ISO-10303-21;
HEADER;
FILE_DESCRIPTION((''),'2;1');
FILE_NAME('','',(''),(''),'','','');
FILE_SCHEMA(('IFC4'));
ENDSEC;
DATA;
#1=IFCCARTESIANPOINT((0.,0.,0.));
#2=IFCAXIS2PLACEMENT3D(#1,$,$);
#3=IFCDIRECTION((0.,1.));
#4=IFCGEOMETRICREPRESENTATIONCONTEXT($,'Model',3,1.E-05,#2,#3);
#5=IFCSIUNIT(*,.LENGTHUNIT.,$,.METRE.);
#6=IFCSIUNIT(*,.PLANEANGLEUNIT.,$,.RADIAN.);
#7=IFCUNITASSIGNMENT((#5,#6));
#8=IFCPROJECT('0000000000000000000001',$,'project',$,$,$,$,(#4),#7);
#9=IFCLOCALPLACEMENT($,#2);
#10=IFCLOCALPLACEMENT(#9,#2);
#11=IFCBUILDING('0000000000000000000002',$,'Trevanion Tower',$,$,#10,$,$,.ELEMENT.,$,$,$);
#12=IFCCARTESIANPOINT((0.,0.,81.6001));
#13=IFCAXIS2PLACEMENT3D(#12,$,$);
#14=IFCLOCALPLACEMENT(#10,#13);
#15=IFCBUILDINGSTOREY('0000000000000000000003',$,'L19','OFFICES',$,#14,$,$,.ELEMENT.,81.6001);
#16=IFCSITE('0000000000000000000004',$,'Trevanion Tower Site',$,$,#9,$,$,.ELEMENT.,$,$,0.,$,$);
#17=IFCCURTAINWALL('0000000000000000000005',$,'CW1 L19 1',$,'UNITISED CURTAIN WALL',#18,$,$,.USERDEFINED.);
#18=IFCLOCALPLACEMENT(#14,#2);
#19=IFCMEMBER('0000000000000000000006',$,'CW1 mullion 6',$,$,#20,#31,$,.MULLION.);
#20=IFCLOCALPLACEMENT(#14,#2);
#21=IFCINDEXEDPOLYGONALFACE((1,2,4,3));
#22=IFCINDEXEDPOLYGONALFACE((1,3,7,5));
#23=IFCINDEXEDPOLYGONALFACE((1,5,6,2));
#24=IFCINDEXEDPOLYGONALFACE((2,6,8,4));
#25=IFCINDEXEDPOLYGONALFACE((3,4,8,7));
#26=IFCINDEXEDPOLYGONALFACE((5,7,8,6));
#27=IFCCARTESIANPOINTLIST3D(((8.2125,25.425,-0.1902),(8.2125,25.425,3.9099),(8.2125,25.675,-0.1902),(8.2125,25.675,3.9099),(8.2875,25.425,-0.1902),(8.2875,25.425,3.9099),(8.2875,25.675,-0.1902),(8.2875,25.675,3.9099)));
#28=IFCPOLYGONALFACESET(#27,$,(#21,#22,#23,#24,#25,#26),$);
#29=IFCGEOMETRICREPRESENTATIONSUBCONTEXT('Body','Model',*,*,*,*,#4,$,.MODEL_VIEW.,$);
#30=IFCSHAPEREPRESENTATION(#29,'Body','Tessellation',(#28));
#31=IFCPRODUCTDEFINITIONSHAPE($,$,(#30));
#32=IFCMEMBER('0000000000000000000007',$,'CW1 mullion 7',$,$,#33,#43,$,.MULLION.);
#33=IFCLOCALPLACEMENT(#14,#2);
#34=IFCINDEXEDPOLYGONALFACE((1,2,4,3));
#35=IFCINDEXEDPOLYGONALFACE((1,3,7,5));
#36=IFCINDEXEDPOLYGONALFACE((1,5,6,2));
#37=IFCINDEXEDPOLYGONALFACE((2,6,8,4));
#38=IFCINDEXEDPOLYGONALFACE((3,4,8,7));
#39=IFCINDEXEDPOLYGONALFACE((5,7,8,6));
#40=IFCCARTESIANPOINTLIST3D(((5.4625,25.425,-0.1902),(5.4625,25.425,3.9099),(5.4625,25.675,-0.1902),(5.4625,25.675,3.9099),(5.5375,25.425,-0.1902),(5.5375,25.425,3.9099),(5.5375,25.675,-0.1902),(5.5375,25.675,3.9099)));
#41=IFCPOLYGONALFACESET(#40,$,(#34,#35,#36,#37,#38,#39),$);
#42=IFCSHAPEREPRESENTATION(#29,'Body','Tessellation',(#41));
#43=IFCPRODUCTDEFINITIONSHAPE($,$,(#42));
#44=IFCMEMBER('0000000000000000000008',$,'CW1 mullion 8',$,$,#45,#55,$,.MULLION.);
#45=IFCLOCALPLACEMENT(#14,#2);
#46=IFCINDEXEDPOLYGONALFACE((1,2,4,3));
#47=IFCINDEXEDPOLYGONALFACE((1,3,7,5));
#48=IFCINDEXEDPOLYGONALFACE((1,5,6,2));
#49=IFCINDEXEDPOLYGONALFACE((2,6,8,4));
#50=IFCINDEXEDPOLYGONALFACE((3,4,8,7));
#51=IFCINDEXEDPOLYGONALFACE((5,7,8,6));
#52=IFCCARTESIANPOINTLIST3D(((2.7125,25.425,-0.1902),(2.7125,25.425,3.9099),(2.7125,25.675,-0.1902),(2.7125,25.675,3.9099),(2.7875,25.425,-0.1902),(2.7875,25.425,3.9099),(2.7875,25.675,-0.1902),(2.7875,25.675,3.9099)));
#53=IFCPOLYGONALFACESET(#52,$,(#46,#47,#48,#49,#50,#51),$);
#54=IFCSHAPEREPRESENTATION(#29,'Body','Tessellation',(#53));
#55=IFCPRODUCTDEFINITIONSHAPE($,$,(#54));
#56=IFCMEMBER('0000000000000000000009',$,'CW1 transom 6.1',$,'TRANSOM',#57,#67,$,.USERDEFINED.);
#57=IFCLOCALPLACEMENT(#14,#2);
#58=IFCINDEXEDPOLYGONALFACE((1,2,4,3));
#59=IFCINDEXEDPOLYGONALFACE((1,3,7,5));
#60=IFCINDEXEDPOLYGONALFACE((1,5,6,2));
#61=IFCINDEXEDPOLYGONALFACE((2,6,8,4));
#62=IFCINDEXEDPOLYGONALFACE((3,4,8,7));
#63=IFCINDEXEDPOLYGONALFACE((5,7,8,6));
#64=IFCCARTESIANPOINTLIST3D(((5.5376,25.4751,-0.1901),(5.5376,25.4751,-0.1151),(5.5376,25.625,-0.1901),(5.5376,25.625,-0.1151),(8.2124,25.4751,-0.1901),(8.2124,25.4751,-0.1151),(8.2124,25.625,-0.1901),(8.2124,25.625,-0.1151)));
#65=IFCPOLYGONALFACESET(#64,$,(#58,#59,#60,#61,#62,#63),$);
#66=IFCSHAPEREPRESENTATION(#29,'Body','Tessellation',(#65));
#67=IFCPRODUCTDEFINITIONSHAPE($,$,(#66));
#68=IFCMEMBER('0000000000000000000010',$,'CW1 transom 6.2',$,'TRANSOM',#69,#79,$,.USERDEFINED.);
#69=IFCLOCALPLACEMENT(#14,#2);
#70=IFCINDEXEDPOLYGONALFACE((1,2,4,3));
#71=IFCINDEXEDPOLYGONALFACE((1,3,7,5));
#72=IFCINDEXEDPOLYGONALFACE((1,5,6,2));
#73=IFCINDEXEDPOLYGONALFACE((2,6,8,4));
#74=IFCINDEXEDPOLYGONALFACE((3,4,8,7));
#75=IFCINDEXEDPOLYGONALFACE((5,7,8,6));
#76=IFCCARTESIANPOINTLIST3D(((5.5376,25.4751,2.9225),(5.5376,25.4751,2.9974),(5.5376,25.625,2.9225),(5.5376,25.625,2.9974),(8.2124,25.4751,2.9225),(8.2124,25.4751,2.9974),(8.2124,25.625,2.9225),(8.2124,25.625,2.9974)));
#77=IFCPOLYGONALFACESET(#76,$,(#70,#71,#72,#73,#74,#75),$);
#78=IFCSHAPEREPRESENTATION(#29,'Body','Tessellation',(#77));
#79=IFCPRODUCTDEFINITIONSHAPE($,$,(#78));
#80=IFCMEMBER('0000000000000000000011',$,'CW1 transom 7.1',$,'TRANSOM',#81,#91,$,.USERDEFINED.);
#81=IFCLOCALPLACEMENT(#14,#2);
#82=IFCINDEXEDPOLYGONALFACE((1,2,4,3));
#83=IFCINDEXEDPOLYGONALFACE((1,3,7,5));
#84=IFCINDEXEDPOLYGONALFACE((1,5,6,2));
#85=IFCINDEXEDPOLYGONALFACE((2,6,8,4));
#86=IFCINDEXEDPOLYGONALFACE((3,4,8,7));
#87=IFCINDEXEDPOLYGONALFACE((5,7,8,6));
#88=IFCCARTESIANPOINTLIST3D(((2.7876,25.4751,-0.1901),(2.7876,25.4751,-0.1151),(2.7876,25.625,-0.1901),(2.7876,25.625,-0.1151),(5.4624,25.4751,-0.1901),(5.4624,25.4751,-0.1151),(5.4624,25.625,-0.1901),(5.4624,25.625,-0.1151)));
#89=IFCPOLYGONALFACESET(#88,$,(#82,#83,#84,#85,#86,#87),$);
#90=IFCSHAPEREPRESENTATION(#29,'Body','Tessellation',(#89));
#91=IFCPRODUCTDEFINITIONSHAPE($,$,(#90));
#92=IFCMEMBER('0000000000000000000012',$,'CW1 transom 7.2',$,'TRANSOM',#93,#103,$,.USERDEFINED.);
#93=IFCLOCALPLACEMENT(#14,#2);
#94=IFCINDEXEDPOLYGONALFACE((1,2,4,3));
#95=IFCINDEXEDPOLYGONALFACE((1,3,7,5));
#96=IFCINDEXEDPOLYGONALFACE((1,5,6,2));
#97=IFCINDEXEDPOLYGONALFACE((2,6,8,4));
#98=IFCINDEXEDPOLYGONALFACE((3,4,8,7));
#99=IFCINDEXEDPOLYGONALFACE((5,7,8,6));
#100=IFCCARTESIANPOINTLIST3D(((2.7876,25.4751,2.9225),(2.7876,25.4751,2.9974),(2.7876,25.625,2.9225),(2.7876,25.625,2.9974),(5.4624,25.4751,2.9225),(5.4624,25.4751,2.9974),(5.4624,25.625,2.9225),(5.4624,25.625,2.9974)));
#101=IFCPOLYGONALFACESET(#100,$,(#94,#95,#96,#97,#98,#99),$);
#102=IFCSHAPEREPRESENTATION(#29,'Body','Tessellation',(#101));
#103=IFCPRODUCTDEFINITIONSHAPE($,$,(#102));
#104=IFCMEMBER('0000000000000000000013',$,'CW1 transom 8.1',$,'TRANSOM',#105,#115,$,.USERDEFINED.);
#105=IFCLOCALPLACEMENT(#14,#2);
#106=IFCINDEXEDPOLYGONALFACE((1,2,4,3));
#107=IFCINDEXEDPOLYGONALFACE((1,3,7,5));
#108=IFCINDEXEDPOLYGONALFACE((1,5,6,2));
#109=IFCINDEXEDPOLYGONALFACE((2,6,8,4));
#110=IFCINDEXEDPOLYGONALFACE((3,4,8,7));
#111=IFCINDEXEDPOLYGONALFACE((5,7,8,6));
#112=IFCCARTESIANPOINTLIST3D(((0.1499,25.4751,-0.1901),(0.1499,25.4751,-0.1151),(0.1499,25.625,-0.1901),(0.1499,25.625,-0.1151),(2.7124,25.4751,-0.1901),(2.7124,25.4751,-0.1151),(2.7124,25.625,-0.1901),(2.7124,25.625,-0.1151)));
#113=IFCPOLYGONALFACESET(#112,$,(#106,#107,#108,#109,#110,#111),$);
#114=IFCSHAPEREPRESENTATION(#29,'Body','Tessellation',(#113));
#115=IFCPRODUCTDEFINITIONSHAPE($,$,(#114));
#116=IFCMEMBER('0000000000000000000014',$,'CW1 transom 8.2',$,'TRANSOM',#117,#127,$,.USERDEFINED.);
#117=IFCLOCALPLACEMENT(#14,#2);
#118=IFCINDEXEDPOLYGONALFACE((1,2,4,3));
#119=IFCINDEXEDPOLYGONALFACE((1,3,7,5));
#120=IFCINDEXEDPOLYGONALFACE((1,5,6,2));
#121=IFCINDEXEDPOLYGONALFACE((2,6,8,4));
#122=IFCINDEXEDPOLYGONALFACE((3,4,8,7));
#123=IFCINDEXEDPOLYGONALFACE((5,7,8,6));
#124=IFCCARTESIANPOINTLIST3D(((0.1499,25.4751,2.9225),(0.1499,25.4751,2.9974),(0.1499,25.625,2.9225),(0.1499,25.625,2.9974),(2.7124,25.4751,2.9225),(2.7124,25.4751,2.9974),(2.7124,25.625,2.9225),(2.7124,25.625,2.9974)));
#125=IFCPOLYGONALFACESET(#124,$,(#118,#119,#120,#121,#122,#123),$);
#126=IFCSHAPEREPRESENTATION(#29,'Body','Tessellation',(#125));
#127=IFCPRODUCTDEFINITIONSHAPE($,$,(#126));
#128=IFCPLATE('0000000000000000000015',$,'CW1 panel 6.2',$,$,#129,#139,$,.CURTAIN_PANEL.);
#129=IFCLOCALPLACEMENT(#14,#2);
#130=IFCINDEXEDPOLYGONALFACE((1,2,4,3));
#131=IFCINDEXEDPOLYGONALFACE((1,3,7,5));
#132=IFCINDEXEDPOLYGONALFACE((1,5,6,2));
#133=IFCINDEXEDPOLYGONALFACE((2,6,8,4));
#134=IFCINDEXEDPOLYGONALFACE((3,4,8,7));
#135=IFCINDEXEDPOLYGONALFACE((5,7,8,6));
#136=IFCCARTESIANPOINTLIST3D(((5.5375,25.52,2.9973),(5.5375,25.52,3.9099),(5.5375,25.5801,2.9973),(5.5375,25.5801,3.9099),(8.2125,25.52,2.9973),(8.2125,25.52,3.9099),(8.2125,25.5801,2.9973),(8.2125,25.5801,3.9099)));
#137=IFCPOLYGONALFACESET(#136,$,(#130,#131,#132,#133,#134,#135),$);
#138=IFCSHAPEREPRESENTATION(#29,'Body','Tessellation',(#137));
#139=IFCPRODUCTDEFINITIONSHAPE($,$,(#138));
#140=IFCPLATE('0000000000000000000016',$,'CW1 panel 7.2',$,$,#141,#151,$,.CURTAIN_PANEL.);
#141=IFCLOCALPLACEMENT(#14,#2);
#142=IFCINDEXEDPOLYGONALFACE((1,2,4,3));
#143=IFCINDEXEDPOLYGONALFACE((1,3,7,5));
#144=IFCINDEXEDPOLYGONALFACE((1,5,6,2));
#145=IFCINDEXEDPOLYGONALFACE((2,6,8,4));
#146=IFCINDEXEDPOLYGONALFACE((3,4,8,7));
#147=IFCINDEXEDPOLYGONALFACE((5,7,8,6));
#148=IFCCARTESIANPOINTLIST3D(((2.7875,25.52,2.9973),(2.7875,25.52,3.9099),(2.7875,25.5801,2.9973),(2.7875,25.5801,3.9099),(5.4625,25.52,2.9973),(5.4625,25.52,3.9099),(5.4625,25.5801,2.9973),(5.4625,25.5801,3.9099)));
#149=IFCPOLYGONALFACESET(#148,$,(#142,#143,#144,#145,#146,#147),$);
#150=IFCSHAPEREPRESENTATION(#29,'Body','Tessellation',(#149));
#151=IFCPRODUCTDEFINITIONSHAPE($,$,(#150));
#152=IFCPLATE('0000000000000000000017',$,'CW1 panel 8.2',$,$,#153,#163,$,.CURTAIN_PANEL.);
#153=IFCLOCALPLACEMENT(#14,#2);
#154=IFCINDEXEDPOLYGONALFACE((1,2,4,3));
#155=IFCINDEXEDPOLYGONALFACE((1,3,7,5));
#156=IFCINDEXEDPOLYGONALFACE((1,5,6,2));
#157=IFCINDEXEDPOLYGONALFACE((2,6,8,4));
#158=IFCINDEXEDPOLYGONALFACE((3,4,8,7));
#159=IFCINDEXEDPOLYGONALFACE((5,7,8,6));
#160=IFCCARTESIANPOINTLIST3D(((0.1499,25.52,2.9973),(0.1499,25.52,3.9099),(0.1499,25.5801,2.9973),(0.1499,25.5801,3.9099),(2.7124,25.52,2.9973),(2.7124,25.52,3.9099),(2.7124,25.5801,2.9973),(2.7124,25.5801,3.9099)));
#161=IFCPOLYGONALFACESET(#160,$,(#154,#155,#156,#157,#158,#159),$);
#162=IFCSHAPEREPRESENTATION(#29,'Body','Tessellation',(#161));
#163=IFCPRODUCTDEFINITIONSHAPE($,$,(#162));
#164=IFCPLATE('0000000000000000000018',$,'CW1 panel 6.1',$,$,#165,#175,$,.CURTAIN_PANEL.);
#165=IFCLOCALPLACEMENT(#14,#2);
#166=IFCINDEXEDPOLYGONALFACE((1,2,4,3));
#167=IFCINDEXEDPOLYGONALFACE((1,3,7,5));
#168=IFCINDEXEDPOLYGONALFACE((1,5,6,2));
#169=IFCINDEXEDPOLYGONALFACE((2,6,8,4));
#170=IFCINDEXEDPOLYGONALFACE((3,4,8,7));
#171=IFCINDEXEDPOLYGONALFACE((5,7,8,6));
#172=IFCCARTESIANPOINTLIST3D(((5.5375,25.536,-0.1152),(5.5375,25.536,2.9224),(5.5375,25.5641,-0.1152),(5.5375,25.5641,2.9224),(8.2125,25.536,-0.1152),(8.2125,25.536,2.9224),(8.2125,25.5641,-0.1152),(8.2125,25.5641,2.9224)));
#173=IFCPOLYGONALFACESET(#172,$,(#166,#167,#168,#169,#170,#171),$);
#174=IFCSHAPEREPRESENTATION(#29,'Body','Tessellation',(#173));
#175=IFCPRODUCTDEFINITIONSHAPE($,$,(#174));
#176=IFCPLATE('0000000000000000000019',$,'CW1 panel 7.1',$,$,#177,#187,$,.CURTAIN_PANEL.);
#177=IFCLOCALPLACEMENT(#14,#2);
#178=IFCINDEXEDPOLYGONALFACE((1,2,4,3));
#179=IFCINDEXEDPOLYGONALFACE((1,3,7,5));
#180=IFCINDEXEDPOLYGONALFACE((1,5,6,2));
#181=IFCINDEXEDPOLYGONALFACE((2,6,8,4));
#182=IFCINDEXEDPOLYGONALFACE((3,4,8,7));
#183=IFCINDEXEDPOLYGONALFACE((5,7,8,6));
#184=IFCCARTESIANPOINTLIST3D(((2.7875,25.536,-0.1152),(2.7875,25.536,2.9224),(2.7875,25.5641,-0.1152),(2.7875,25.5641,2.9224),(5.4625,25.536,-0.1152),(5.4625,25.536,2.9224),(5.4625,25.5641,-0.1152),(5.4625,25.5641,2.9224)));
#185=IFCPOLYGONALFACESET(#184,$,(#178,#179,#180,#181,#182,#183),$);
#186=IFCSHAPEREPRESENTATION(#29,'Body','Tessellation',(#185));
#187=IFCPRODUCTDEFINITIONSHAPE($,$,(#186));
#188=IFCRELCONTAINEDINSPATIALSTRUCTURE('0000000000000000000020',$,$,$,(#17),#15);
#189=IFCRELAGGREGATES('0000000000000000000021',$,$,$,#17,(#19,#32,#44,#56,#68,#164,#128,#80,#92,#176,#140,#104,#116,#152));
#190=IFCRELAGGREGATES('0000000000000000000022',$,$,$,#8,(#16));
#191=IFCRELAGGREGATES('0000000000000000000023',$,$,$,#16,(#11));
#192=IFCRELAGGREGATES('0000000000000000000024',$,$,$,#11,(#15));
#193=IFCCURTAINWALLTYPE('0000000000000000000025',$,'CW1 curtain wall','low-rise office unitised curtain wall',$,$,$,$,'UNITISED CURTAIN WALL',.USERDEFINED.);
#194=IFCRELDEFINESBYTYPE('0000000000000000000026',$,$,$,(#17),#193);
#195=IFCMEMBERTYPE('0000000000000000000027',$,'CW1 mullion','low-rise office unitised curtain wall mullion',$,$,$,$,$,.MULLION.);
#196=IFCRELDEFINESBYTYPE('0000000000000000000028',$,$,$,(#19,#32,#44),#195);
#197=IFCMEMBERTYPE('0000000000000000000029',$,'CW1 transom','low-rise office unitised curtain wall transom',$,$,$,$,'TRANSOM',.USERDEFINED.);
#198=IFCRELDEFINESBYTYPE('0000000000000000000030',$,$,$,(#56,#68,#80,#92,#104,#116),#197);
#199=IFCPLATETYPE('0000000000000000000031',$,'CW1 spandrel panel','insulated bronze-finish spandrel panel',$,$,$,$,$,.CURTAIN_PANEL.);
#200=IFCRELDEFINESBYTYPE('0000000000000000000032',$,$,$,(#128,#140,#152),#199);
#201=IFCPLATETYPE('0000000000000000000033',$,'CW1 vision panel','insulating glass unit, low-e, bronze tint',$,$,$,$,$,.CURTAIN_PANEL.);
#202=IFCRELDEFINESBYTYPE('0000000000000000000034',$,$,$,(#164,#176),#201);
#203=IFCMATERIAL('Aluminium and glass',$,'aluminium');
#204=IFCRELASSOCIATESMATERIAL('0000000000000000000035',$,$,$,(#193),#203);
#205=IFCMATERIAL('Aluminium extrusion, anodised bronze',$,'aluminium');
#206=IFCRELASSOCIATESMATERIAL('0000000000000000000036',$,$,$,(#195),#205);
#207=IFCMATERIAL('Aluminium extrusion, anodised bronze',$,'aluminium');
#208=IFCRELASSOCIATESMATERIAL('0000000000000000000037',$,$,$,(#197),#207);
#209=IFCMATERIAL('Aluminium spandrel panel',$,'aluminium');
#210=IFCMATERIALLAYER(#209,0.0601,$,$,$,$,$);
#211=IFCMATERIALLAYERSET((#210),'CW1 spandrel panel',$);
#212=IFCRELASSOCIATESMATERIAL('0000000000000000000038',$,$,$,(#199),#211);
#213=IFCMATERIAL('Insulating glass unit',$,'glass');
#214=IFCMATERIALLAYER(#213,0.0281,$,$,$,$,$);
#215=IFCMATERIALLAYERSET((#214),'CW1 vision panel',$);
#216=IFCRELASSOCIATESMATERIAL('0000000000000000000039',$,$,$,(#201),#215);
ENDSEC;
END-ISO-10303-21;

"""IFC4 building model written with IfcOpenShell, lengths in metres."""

from ifc_helpers import new_model, si_unit, direction, frame, origin, origin_2d, place, context, subcontext, project, spatial, rectangle, extrude, material, layer, layer_set, material_profile, profile_set, type_object, element, aggregate, save


model = new_model("IFC4")

# Units and contexts
model_context = context("Model", 3, precision=1e-05, world=origin(), true_north=direction((0.0, 1.0)))
body_context = subcontext(model_context, "Body", "Model", "MODEL_VIEW")
ifc_project = project(units=[si_unit("LENGTHUNIT", "METRE"), si_unit("PLANEANGLEUNIT", "RADIAN")], contexts=[model_context])

# Site, building, storey
site_placement = place(None, origin())
site = spatial("IfcSite", under=ifc_project, at=site_placement, Name="Trevanion Tower Site", CompositionType="ELEMENT", RefElevation=0.0)
building_placement = place(site_placement, origin())
building = spatial("IfcBuilding", under=site, at=building_placement, Name="Trevanion Tower", CompositionType="ELEMENT")
storey_placement = place(building_placement, frame((0.0, 0.0, 81.6001)))
storey = spatial("IfcBuildingStorey", under=building, at=storey_placement, Name="L19", Description="OFFICES", CompositionType="ELEMENT", Elevation=81.6001)

# Curtain wall, members, plates
ifc_material_1 = material(Name="Aluminium and glass", Category="aluminium")
curtain_wall_type = type_object("IfcCurtainWallType", Name="CW1 curtain wall", Description="low-rise office unitised curtain wall", ElementType="UNITISED CURTAIN WALL", PredefinedType="USERDEFINED", material=ifc_material_1)
curtain_wall_placement = place(storey_placement, origin())
curtain_wall = element("IfcCurtainWall", 1, at=curtain_wall_placement, inside=storey, type_object=curtain_wall_type, Name="CW1 L19 1", ObjectType="UNITISED CURTAIN WALL", PredefinedType="USERDEFINED")
ifc_material_2 = material(Name="Aluminium extrusion, anodised bronze", Category="aluminium")
ifc_material_profile_1 = material_profile(ifc_material_2, rectangle(XDim=0.075, YDim=0.25, at=origin_2d()), Name="CW1 mullion")
ifc_profile_set_1 = profile_set([ifc_material_profile_1], Name="Aluminium extrusion, anodised bronze")
member_type_1 = type_object("IfcMemberType", Name="CW1 mullion", Description="low-rise office unitised curtain wall mullion", PredefinedType="MULLION", material=ifc_profile_set_1)
member_1_placement = place(storey_placement, frame((8.25, 25.55, -0.1902), z_axis=(0.0, 0.0, 1.0), x_axis=(-1.0, 0.0, 0.0)))
member_1 = element("IfcMember", 2, at=member_1_placement, type_object=member_type_1, Name="CW1 mullion 6", PredefinedType="MULLION", context=body_context, shape_type="SweptSolid", body=[
    extrude(rectangle(XDim=0.075, YDim=0.25, at=origin_2d()), origin(), (0.0, 0.0, 1.0), 4.1001),
])
member_2_placement = place(storey_placement, frame((5.5, 25.55, -0.1902), z_axis=(0.0, 0.0, 1.0), x_axis=(-1.0, 0.0, 0.0)))
member_2 = element("IfcMember", 3, at=member_2_placement, type_object=member_type_1, Name="CW1 mullion 7", PredefinedType="MULLION", context=body_context, shape_type="SweptSolid", body=[
    extrude(rectangle(XDim=0.075, YDim=0.25, at=origin_2d()), origin(), (0.0, 0.0, 1.0), 4.1001),
])
member_3_placement = place(storey_placement, frame((2.75, 25.55, -0.1902), z_axis=(0.0, 0.0, 1.0), x_axis=(-1.0, 0.0, 0.0)))
member_3 = element("IfcMember", 4, at=member_3_placement, type_object=member_type_1, Name="CW1 mullion 8", PredefinedType="MULLION", context=body_context, shape_type="SweptSolid", body=[
    extrude(rectangle(XDim=0.075, YDim=0.25, at=origin_2d()), origin(), (0.0, 0.0, 1.0), 4.1001),
])
ifc_material_3 = material(Name="Aluminium extrusion, anodised bronze", Category="aluminium")
ifc_material_profile_2 = material_profile(ifc_material_3, rectangle(XDim=0.1499, YDim=0.075, at=origin_2d()), Name="CW1 transom")
ifc_profile_set_2 = profile_set([ifc_material_profile_2], Name="Aluminium extrusion, anodised bronze")
member_type_2 = type_object("IfcMemberType", Name="CW1 transom", Description="low-rise office unitised curtain wall transom", ElementType="TRANSOM", PredefinedType="USERDEFINED", material=ifc_profile_set_2)
member_4_placement = place(storey_placement, frame((8.2124, 25.55, -0.1526), z_axis=(-1.0, 0.0, 0.0), x_axis=(0.0, -1.0, 0.0)))
member_4 = element("IfcMember", 5, at=member_4_placement, type_object=member_type_2, Name="CW1 transom 6.1", ObjectType="TRANSOM", PredefinedType="USERDEFINED", context=body_context, shape_type="SweptSolid", body=[
    extrude(rectangle(XDim=0.1499, YDim=0.075, at=origin_2d()), origin(), (0.0, 0.0, 1.0), 2.6748),
])
member_5_placement = place(storey_placement, frame((8.2124, 25.55, 2.96), z_axis=(-1.0, 0.0, 0.0), x_axis=(0.0, -1.0, 0.0)))
member_5 = element("IfcMember", 6, at=member_5_placement, type_object=member_type_2, Name="CW1 transom 6.2", ObjectType="TRANSOM", PredefinedType="USERDEFINED", context=body_context, shape_type="SweptSolid", body=[
    extrude(rectangle(XDim=0.1499, YDim=0.075, at=origin_2d()), origin(), (0.0, 0.0, 1.0), 2.6748),
])
member_6_placement = place(storey_placement, frame((5.4624, 25.55, -0.1526), z_axis=(-1.0, 0.0, 0.0), x_axis=(0.0, -1.0, 0.0)))
member_6 = element("IfcMember", 7, at=member_6_placement, type_object=member_type_2, Name="CW1 transom 7.1", ObjectType="TRANSOM", PredefinedType="USERDEFINED", context=body_context, shape_type="SweptSolid", body=[
    extrude(rectangle(XDim=0.1499, YDim=0.075, at=origin_2d()), origin(), (0.0, 0.0, 1.0), 2.6748),
])
member_7_placement = place(storey_placement, frame((5.4624, 25.55, 2.96), z_axis=(-1.0, 0.0, 0.0), x_axis=(0.0, -1.0, 0.0)))
member_7 = element("IfcMember", 8, at=member_7_placement, type_object=member_type_2, Name="CW1 transom 7.2", ObjectType="TRANSOM", PredefinedType="USERDEFINED", context=body_context, shape_type="SweptSolid", body=[
    extrude(rectangle(XDim=0.1499, YDim=0.075, at=origin_2d()), origin(), (0.0, 0.0, 1.0), 2.6748),
])
member_8_placement = place(storey_placement, frame((2.7124, 25.55, -0.1526), z_axis=(-1.0, 0.0, 0.0), x_axis=(0.0, -1.0, 0.0)))
member_8 = element("IfcMember", 9, at=member_8_placement, type_object=member_type_2, Name="CW1 transom 8.1", ObjectType="TRANSOM", PredefinedType="USERDEFINED", context=body_context, shape_type="SweptSolid", body=[
    extrude(rectangle(XDim=0.1499, YDim=0.075, at=origin_2d()), origin(), (0.0, 0.0, 1.0), 2.5625),
])
member_9_placement = place(storey_placement, frame((2.7124, 25.55, 2.96), z_axis=(-1.0, 0.0, 0.0), x_axis=(0.0, -1.0, 0.0)))
member_9 = element("IfcMember", 10, at=member_9_placement, type_object=member_type_2, Name="CW1 transom 8.2", ObjectType="TRANSOM", PredefinedType="USERDEFINED", context=body_context, shape_type="SweptSolid", body=[
    extrude(rectangle(XDim=0.1499, YDim=0.075, at=origin_2d()), origin(), (0.0, 0.0, 1.0), 2.5625),
])
ifc_material_4 = material(Name="Aluminium spandrel panel", Category="aluminium")
ifc_layer_1 = layer(ifc_material_4, 0.0601)
ifc_layer_set_1 = layer_set([ifc_layer_1], Name="CW1 spandrel panel")
plate_type_1 = type_object("IfcPlateType", Name="CW1 spandrel panel", Description="insulated bronze-finish spandrel panel", PredefinedType="CURTAIN_PANEL", material=ifc_layer_set_1)
plate_1_placement = place(storey_placement, frame((6.875, 25.55, 2.9973), z_axis=(0.0, 0.0, 1.0), x_axis=(-1.0, 0.0, 0.0)))
plate_1 = element("IfcPlate", 11, at=plate_1_placement, type_object=plate_type_1, Name="CW1 panel 6.2", PredefinedType="CURTAIN_PANEL", context=body_context, shape_type="SweptSolid", body=[
    extrude(rectangle(XDim=2.675, YDim=0.0601, at=origin_2d()), origin(), (0.0, 0.0, 1.0), 0.9126),
])
plate_2_placement = place(storey_placement, frame((4.125, 25.55, 2.9973), z_axis=(0.0, 0.0, 1.0), x_axis=(-1.0, 0.0, 0.0)))
plate_2 = element("IfcPlate", 12, at=plate_2_placement, type_object=plate_type_1, Name="CW1 panel 7.2", PredefinedType="CURTAIN_PANEL", context=body_context, shape_type="SweptSolid", body=[
    extrude(rectangle(XDim=2.675, YDim=0.0601, at=origin_2d()), origin(), (0.0, 0.0, 1.0), 0.9126),
])
plate_3_placement = place(storey_placement, frame((1.4312, 25.55, 2.9973), z_axis=(0.0, 0.0, 1.0), x_axis=(-1.0, 0.0, 0.0)))
plate_3 = element("IfcPlate", 13, at=plate_3_placement, type_object=plate_type_1, Name="CW1 panel 8.2", PredefinedType="CURTAIN_PANEL", context=body_context, shape_type="SweptSolid", body=[
    extrude(rectangle(XDim=2.5625, YDim=0.0601, at=origin_2d()), origin(), (0.0, 0.0, 1.0), 0.9126),
])
ifc_material_5 = material(Name="Insulating glass unit", Category="glass")
ifc_layer_2 = layer(ifc_material_5, 0.0281)
ifc_layer_set_2 = layer_set([ifc_layer_2], Name="CW1 vision panel")
plate_type_2 = type_object("IfcPlateType", Name="CW1 vision panel", Description="insulating glass unit, low-e, bronze tint", PredefinedType="CURTAIN_PANEL", material=ifc_layer_set_2)
plate_4_placement = place(storey_placement, frame((6.875, 25.55, -0.1152), z_axis=(0.0, 0.0, 1.0), x_axis=(-1.0, 0.0, 0.0)))
plate_4 = element("IfcPlate", 14, at=plate_4_placement, type_object=plate_type_2, Name="CW1 panel 6.1", PredefinedType="CURTAIN_PANEL", context=body_context, shape_type="SweptSolid", body=[
    extrude(rectangle(XDim=2.675, YDim=0.0281, at=origin_2d()), origin(), (0.0, 0.0, 1.0), 3.0376),
])
plate_5_placement = place(storey_placement, frame((4.125, 25.55, -0.1152), z_axis=(0.0, 0.0, 1.0), x_axis=(-1.0, 0.0, 0.0)))
plate_5 = element("IfcPlate", 15, at=plate_5_placement, type_object=plate_type_2, Name="CW1 panel 7.1", PredefinedType="CURTAIN_PANEL", context=body_context, shape_type="SweptSolid", body=[
    extrude(rectangle(XDim=2.675, YDim=0.0281, at=origin_2d()), origin(), (0.0, 0.0, 1.0), 3.0376),
])
aggregate(curtain_wall, [member_1, member_2, member_3, member_4, member_5, plate_4, plate_1, member_6, member_7, plate_5, plate_2, member_8, member_9, plate_3])

save(model, "model.ifc")
